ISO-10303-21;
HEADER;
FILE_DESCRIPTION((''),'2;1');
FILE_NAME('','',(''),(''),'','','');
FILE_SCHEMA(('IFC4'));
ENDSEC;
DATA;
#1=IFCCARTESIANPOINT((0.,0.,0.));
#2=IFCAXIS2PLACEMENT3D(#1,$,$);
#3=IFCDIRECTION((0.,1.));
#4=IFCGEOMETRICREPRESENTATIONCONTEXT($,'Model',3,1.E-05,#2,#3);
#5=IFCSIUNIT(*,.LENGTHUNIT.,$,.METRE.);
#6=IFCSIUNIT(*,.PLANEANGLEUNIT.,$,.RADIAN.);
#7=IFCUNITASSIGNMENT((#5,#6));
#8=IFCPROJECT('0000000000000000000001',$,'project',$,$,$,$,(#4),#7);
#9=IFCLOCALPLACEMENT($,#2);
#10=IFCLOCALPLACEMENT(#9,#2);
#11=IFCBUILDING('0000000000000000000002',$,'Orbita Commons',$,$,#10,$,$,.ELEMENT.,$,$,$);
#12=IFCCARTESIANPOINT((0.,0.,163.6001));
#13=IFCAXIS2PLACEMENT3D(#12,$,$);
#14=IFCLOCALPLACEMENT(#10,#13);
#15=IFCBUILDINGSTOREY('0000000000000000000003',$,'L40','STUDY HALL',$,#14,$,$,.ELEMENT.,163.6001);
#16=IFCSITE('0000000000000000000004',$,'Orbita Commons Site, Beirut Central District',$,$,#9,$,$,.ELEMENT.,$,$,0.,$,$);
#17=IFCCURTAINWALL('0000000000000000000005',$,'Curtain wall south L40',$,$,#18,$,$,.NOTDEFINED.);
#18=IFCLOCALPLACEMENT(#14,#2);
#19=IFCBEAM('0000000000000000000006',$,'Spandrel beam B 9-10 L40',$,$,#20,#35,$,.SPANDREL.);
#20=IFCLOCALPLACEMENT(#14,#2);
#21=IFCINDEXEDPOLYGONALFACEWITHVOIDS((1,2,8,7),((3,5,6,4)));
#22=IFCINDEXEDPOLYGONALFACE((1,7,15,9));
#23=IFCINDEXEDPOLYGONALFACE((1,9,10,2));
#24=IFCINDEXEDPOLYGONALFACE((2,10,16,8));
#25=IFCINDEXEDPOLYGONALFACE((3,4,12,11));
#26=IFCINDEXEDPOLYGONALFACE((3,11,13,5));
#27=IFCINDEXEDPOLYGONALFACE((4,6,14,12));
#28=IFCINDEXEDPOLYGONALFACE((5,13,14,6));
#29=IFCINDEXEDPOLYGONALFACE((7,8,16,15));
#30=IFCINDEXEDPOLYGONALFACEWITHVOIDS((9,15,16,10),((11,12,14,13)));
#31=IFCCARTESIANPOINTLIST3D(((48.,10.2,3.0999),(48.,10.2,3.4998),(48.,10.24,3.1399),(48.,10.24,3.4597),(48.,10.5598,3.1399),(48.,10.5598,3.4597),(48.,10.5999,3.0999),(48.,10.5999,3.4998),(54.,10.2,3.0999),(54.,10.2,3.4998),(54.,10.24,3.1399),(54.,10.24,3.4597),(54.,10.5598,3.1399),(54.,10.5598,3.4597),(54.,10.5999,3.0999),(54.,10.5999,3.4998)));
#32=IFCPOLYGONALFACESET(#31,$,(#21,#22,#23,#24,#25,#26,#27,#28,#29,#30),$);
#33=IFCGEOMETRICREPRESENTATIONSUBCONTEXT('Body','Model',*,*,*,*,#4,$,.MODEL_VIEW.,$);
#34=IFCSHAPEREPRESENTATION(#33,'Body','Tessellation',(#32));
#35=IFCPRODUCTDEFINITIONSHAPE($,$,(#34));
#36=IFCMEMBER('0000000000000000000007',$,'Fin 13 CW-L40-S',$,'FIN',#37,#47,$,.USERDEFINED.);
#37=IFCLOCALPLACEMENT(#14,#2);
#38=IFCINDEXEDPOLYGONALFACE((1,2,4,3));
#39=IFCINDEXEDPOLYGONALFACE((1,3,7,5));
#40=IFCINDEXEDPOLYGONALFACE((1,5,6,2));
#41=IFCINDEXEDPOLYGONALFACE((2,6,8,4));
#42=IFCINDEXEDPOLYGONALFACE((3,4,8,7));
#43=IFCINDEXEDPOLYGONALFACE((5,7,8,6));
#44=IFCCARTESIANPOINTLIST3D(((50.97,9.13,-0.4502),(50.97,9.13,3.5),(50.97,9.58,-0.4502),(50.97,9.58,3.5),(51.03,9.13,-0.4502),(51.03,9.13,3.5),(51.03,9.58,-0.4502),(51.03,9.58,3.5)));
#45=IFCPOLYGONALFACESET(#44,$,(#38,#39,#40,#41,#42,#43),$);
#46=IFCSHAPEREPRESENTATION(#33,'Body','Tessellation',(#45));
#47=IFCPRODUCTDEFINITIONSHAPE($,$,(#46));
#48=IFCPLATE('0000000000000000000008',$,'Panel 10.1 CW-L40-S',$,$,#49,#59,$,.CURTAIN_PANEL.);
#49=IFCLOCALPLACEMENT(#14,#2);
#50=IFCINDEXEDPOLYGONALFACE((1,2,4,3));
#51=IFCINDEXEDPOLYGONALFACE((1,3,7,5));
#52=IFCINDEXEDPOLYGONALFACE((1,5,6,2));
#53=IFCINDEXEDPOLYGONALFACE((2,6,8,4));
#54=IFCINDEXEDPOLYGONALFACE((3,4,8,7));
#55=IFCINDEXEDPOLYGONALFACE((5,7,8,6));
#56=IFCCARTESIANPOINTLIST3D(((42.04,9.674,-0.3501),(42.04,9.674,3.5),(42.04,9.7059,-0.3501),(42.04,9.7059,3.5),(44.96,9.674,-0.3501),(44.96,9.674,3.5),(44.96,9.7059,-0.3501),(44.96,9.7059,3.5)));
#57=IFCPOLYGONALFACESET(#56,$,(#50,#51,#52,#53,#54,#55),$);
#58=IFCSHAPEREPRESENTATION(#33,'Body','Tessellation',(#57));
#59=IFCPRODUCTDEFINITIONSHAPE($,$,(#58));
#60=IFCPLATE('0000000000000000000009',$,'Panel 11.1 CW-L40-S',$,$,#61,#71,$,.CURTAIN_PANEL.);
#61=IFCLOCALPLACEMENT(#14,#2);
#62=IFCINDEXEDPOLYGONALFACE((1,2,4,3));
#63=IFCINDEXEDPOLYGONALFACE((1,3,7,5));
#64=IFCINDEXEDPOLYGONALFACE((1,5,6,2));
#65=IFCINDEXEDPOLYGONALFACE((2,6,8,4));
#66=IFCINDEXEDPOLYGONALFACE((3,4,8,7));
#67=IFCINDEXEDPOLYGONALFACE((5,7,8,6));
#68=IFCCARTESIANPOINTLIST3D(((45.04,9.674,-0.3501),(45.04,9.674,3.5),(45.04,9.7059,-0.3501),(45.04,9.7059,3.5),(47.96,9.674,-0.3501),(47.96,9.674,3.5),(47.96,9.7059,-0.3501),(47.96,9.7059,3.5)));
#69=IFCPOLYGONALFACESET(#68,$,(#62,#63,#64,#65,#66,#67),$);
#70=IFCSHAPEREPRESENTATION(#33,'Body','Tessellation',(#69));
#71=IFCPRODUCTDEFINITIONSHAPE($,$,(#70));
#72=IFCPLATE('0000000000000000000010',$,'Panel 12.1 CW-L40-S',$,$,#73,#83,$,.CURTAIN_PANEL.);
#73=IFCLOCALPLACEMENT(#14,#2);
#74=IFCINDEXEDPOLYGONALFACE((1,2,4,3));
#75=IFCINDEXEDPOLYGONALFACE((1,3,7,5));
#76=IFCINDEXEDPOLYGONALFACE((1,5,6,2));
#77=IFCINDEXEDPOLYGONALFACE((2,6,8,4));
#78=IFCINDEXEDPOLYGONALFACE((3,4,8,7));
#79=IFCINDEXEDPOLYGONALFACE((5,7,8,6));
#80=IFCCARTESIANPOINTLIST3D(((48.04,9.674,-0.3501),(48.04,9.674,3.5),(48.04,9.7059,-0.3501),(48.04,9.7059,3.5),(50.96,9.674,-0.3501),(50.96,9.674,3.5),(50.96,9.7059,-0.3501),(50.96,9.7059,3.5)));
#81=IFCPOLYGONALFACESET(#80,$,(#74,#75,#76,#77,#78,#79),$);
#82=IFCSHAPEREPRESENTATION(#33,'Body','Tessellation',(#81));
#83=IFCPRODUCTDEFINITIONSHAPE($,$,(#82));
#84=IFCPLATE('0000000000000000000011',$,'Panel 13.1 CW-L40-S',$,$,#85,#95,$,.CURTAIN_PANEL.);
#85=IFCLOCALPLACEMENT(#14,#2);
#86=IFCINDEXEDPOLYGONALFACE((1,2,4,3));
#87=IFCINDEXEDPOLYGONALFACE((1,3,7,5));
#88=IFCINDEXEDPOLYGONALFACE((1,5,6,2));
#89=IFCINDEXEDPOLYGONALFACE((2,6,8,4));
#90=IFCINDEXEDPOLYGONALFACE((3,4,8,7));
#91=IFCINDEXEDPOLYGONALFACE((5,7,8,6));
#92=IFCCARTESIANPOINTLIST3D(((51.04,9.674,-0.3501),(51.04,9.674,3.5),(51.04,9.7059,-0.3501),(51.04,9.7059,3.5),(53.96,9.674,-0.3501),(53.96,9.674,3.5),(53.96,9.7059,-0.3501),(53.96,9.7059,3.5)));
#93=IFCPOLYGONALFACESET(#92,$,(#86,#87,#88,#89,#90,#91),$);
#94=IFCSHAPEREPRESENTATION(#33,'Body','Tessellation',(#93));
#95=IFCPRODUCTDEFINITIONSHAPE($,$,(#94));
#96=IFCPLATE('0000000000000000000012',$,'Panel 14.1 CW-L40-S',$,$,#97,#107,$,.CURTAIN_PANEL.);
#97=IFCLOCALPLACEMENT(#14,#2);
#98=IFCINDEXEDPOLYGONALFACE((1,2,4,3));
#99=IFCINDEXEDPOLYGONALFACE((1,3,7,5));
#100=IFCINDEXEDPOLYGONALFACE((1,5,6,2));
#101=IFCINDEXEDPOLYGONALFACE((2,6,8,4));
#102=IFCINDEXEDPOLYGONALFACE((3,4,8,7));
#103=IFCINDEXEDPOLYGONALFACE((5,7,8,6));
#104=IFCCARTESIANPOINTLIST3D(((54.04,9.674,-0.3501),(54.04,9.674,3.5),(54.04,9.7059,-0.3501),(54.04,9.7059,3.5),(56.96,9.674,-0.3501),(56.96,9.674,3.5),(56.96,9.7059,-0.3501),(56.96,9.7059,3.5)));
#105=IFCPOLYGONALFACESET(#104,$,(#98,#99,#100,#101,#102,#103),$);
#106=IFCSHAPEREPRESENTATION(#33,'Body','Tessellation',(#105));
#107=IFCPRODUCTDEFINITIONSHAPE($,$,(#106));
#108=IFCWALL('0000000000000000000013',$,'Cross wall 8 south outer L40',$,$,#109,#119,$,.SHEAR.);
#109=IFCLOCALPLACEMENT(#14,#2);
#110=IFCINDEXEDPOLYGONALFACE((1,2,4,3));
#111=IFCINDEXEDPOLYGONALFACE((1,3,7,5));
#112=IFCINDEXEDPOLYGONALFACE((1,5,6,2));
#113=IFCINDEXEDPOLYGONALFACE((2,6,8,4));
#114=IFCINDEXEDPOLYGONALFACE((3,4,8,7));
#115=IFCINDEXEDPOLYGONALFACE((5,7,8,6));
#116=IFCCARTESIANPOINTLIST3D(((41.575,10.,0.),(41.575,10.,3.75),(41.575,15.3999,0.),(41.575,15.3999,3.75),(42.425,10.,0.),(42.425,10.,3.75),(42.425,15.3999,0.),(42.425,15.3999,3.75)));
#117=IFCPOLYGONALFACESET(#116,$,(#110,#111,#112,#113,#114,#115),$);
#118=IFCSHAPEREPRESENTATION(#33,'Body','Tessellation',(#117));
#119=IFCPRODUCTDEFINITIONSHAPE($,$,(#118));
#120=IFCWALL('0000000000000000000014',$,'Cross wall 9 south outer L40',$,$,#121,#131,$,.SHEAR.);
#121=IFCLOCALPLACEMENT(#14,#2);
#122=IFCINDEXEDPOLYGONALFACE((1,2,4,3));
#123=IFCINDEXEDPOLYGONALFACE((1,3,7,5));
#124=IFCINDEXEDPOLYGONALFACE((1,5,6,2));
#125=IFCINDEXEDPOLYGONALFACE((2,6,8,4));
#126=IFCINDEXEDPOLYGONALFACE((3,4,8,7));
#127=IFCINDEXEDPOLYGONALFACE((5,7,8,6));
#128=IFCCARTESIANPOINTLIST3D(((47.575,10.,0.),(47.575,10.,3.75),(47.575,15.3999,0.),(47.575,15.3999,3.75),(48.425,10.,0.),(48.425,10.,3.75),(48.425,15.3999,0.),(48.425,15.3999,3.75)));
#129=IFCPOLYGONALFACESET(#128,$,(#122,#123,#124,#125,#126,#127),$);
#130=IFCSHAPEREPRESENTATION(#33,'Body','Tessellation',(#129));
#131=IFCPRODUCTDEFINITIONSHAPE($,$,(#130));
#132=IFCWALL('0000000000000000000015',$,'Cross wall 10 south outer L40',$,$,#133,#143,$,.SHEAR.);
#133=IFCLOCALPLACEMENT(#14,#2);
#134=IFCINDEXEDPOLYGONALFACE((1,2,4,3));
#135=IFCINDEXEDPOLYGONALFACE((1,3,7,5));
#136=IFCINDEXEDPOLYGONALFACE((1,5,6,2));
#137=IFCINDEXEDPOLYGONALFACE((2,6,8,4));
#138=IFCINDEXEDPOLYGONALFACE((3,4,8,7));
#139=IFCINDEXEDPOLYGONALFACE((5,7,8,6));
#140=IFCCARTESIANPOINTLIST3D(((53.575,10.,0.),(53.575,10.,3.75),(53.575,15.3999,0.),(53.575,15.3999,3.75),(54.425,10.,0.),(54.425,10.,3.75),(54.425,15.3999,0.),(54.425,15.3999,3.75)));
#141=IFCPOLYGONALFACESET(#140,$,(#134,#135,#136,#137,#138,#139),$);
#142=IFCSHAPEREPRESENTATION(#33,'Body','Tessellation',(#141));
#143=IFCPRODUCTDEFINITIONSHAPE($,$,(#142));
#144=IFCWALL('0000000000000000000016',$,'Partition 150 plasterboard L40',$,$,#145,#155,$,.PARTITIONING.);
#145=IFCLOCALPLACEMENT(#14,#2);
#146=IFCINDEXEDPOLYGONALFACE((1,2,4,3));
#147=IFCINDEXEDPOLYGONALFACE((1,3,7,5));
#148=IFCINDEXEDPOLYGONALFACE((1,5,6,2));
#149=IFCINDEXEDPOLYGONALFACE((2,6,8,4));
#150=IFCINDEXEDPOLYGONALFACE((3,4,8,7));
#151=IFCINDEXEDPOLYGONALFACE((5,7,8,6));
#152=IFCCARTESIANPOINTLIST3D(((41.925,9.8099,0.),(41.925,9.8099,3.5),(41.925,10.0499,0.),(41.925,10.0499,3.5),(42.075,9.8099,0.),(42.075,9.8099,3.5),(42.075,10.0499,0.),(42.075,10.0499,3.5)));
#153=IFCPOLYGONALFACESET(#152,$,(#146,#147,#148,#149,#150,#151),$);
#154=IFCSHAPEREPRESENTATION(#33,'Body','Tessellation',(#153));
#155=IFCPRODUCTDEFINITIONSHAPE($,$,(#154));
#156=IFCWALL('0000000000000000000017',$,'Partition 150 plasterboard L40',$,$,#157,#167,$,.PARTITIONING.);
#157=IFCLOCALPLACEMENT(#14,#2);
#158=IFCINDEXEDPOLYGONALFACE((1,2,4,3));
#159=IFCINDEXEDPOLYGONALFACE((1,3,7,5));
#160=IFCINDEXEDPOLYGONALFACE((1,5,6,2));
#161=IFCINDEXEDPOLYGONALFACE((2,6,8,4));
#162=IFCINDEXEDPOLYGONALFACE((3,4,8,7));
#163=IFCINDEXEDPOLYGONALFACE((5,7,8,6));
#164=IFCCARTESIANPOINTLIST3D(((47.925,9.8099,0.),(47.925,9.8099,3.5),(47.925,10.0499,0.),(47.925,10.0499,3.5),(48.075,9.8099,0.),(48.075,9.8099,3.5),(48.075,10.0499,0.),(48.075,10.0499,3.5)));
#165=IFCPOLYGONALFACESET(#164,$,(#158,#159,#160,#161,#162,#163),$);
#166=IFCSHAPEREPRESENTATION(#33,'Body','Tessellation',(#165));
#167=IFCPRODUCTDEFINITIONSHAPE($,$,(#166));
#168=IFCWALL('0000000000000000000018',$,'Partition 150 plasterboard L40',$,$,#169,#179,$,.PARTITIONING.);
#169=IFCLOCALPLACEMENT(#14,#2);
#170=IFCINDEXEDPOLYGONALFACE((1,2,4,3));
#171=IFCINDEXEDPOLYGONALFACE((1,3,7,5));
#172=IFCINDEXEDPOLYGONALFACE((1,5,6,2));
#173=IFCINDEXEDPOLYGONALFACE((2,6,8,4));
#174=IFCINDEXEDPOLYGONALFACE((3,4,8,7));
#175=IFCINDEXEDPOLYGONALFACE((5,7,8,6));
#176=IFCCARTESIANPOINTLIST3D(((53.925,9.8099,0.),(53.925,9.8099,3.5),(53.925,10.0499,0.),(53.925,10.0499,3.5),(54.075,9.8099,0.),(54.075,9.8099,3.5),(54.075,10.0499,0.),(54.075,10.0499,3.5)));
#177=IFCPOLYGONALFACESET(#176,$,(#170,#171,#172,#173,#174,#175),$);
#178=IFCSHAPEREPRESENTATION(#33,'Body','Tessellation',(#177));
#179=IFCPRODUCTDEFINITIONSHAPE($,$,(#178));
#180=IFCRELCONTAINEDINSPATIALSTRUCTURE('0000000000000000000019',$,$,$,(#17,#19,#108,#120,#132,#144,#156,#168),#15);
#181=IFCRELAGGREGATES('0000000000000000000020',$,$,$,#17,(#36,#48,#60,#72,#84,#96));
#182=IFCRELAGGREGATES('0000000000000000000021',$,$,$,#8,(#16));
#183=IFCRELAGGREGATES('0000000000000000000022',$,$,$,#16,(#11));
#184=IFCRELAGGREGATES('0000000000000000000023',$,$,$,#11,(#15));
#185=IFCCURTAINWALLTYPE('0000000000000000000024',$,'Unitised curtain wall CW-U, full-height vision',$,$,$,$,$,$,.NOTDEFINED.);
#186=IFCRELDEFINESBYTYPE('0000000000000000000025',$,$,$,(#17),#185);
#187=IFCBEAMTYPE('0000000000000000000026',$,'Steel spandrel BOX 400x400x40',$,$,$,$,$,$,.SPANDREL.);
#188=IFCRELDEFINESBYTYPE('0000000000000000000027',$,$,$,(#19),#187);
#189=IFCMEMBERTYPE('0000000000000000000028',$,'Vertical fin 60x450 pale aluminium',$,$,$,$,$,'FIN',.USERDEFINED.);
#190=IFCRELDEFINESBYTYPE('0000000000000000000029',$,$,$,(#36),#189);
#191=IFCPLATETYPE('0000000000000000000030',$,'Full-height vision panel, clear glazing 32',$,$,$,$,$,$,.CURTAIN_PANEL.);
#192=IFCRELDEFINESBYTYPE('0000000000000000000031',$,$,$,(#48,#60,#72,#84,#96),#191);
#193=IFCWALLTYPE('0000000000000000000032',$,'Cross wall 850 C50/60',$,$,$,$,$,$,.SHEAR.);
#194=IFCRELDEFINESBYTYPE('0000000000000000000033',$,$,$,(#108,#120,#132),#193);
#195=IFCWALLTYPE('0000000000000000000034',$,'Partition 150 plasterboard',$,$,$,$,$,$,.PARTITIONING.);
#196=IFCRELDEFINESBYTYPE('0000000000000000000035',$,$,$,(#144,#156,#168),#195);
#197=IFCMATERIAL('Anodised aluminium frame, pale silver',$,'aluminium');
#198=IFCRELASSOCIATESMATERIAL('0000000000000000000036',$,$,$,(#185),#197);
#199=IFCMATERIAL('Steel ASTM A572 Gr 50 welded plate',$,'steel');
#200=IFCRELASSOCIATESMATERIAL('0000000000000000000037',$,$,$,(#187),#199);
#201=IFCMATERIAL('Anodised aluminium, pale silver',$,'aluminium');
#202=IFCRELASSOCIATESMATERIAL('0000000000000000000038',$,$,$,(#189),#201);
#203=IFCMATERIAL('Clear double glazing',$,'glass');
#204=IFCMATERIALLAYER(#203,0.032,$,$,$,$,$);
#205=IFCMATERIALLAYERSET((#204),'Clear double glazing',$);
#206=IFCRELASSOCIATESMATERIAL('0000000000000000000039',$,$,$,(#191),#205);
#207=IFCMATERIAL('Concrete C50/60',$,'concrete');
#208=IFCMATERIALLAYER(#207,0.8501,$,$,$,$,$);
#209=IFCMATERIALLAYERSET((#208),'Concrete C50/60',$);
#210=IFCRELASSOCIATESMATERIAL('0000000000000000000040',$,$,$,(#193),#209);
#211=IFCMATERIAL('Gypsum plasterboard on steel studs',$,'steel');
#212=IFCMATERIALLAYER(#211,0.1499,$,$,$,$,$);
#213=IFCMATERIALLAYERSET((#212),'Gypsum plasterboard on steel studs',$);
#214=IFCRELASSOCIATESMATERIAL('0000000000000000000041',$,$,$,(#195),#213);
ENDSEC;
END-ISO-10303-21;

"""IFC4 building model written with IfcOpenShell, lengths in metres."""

from ifc_helpers import new_model, si_unit, direction, frame, frame_2d, origin, origin_2d, place, context, subcontext, project, spatial, rectangle, hollow_rectangle, extrude, material, layer, layer_set, material_profile, profile_set, type_object, element, aggregate, save


model = new_model("IFC4")

# Units and contexts
model_context = context("Model", 3, precision=1e-05, world=origin(), true_north=direction((0.0, 1.0)))
body_context = subcontext(model_context, "Body", "Model", "MODEL_VIEW")
ifc_project = project(units=[si_unit("LENGTHUNIT", "METRE"), si_unit("PLANEANGLEUNIT", "RADIAN")], contexts=[model_context])

# Site, building, storey
site_placement = place(None, origin())
site = spatial("IfcSite", under=ifc_project, at=site_placement, Name="Orbita Commons Site, Beirut Central District", CompositionType="ELEMENT", RefElevation=0.0)
building_placement = place(site_placement, origin())
building = spatial("IfcBuilding", under=site, at=building_placement, Name="Orbita Commons", CompositionType="ELEMENT")
storey_placement = place(building_placement, frame((0.0, 0.0, 163.6001)))
storey = spatial("IfcBuildingStorey", under=building, at=storey_placement, Name="L40", Description="STUDY HALL", CompositionType="ELEMENT", Elevation=163.6001)

# Curtain wall
ifc_material_1 = material(Name="Anodised aluminium frame, pale silver", Category="aluminium")
curtain_wall_type = type_object("IfcCurtainWallType", Name="Unitised curtain wall CW-U, full-height vision", PredefinedType="NOTDEFINED", material=ifc_material_1)
curtain_wall_placement = place(storey_placement, origin())
curtain_wall = element("IfcCurtainWall", 1, at=curtain_wall_placement, inside=storey, type_object=curtain_wall_type, Name="Curtain wall south L40", PredefinedType="NOTDEFINED")

# Beam
ifc_material_2 = material(Name="Steel ASTM A572 Gr 50 welded plate", Category="steel")
ifc_material_profile_1 = material_profile(ifc_material_2, hollow_rectangle(XDim=0.3999, YDim=0.3999, WallThickness=0.04, at=origin_2d()), Name="BOX 400x400x40")
ifc_profile_set_1 = profile_set([ifc_material_profile_1], Name="Steel ASTM A572 Gr 50 welded plate")
beam_type = type_object("IfcBeamType", Name="Steel spandrel BOX 400x400x40", PredefinedType="SPANDREL", material=ifc_profile_set_1)
for number, where, z_axis, x_axis, name in (
    (2, (48.0, 10.3999, 3.2998), (1.0, 0.0, 0.0), (0.0, 1.0, 0.0), "Spandrel beam B 9-10 L40"),
):
    element("IfcBeam", number, at=place(storey_placement, frame(where, z_axis=z_axis, x_axis=x_axis)), inside=storey, type_object=beam_type, Name=name, PredefinedType="SPANDREL", context=body_context, shape_type="SweptSolid", body=[
        extrude(hollow_rectangle(XDim=0.3999, YDim=0.3999, WallThickness=0.04, at=origin_2d()), origin(), (0.0, 0.0, 1.0), 6.0),
    ])

# Member
ifc_material_3 = material(Name="Anodised aluminium, pale silver", Category="aluminium")
ifc_material_profile_2 = material_profile(ifc_material_3, rectangle(XDim=0.0601, YDim=0.45, at=origin_2d()), Name="FIN 60x450")
ifc_profile_set_2 = profile_set([ifc_material_profile_2], Name="Anodised aluminium, pale silver")
member_type_1 = type_object("IfcMemberType", Name="Vertical fin 60x450 pale aluminium", ElementType="FIN", PredefinedType="USERDEFINED", material=ifc_profile_set_2)
member_1_placement = place(storey_placement, frame((51.0, 9.355, -0.4502), z_axis=(0.0, 0.0, 1.0), x_axis=(1.0, 0.0, 0.0)))
member_1 = element("IfcMember", 3, at=member_1_placement, type_object=member_type_1, Name="Fin 13 CW-L40-S", ObjectType="FIN", PredefinedType="USERDEFINED", context=body_context, shape_type="SweptSolid", body=[
    extrude(rectangle(XDim=0.0601, YDim=0.45, at=origin_2d()), origin(), (0.0, 0.0, 1.0), 3.9502),
])

# Plates
ifc_material_4 = material(Name="Clear double glazing", Category="glass")
ifc_layer_1 = layer(ifc_material_4, 0.032)
ifc_layer_set_1 = layer_set([ifc_layer_1], Name="Clear double glazing")
plate_type = type_object("IfcPlateType", Name="Full-height vision panel, clear glazing 32", PredefinedType="CURTAIN_PANEL", material=ifc_layer_set_1)
plate_1_placement = place(storey_placement, frame((43.5, 9.6899, -0.3501), z_axis=(0.0, 0.0, 1.0), x_axis=(1.0, 0.0, 0.0)))
plate_1 = element("IfcPlate", 4, at=plate_1_placement, type_object=plate_type, Name="Panel 10.1 CW-L40-S", PredefinedType="CURTAIN_PANEL", context=body_context, shape_type="SweptSolid", body=[
    extrude(rectangle(XDim=2.9199, YDim=0.032, at=origin_2d()), origin(), (0.0, 0.0, 1.0), 3.8501),
])
plate_2_placement = place(storey_placement, frame((46.5, 9.6899, -0.3501), z_axis=(0.0, 0.0, 1.0), x_axis=(1.0, 0.0, 0.0)))
plate_2 = element("IfcPlate", 5, at=plate_2_placement, type_object=plate_type, Name="Panel 11.1 CW-L40-S", PredefinedType="CURTAIN_PANEL", context=body_context, shape_type="SweptSolid", body=[
    extrude(rectangle(XDim=2.9199, YDim=0.032, at=origin_2d()), origin(), (0.0, 0.0, 1.0), 3.8501),
])
plate_3_placement = place(storey_placement, frame((49.5, 9.6899, -0.3501), z_axis=(0.0, 0.0, 1.0), x_axis=(1.0, 0.0, 0.0)))
plate_3 = element("IfcPlate", 6, at=plate_3_placement, type_object=plate_type, Name="Panel 12.1 CW-L40-S", PredefinedType="CURTAIN_PANEL", context=body_context, shape_type="SweptSolid", body=[
    extrude(rectangle(XDim=2.9199, YDim=0.032, at=origin_2d()), origin(), (0.0, 0.0, 1.0), 3.8501),
])
plate_4_placement = place(storey_placement, frame((52.5, 9.6899, -0.3501), z_axis=(0.0, 0.0, 1.0), x_axis=(1.0, 0.0, 0.0)))
plate_4 = element("IfcPlate", 7, at=plate_4_placement, type_object=plate_type, Name="Panel 13.1 CW-L40-S", PredefinedType="CURTAIN_PANEL", context=body_context, shape_type="SweptSolid", body=[
    extrude(rectangle(XDim=2.9199, YDim=0.032, at=origin_2d()), origin(), (0.0, 0.0, 1.0), 3.8501),
])
plate_5_placement = place(storey_placement, frame((55.5, 9.6899, -0.3501), z_axis=(0.0, 0.0, 1.0), x_axis=(1.0, 0.0, 0.0)))
plate_5 = element("IfcPlate", 8, at=plate_5_placement, type_object=plate_type, Name="Panel 14.1 CW-L40-S", PredefinedType="CURTAIN_PANEL", context=body_context, shape_type="SweptSolid", body=[
    extrude(rectangle(XDim=2.9199, YDim=0.032, at=origin_2d()), origin(), (0.0, 0.0, 1.0), 3.8501),
])
aggregate(curtain_wall, [member_1, plate_1, plate_2, plate_3, plate_4, plate_5])

# Walls
ifc_material_5 = material(Name="Concrete C50/60", Category="concrete")
ifc_layer_2 = layer(ifc_material_5, 0.8501)
ifc_layer_set_2 = layer_set([ifc_layer_2], Name="Concrete C50/60")
wall_type_1 = type_object("IfcWallType", Name="Cross wall 850 C50/60", PredefinedType="SHEAR", material=ifc_layer_set_2)
for number, where, z_axis, x_axis, name in (
    (9, (42.0, 10.0, 0.0), (0.0, 0.0, 1.0), (0.0, 1.0, 0.0), "Cross wall 8 south outer L40"),
    (10, (48.0, 10.0, 0.0), (0.0, 0.0, 1.0), (0.0, 1.0, 0.0), "Cross wall 9 south outer L40"),
    (11, (54.0, 10.0, 0.0), (0.0, 0.0, 1.0), (0.0, 1.0, 0.0), "Cross wall 10 south outer L40"),
):
    element("IfcWall", number, at=place(storey_placement, frame(where, z_axis=z_axis, x_axis=x_axis)), inside=storey, type_object=wall_type_1, Name=name, PredefinedType="SHEAR", context=body_context, shape_type="SweptSolid", body=[
        extrude(rectangle(XDim=5.3999, YDim=0.8501, at=frame_2d((2.7, 0.0))), origin(), (0.0, 0.0, 1.0), 3.75),
    ])
ifc_material_6 = material(Name="Gypsum plasterboard on steel studs", Category="steel")
ifc_layer_3 = layer(ifc_material_6, 0.1499)
ifc_layer_set_3 = layer_set([ifc_layer_3], Name="Gypsum plasterboard on steel studs")
wall_type_2 = type_object("IfcWallType", Name="Partition 150 plasterboard", PredefinedType="PARTITIONING", material=ifc_layer_set_3)
for number, where, z_axis, x_axis, name in (
    (12, (42.0, 10.05, 0.0), (0.0, 0.0, 1.0), (0.0, -1.0, 0.0), "Partition 150 plasterboard L40"),
    (13, (48.0, 10.05, 0.0), (0.0, 0.0, 1.0), (0.0, -1.0, 0.0), "Partition 150 plasterboard L40"),
    (14, (54.0, 10.05, 0.0), (0.0, 0.0, 1.0), (0.0, -1.0, 0.0), "Partition 150 plasterboard L40"),
):
    element("IfcWall", number, at=place(storey_placement, frame(where, z_axis=z_axis, x_axis=x_axis)), inside=storey, type_object=wall_type_2, Name=name, PredefinedType="PARTITIONING", context=body_context, shape_type="SweptSolid", body=[
        extrude(rectangle(XDim=0.24, YDim=0.1499, at=frame_2d((0.1201, 0.0))), origin(), (0.0, 0.0, 1.0), 3.5),
    ])

save(model, "model.ifc")
